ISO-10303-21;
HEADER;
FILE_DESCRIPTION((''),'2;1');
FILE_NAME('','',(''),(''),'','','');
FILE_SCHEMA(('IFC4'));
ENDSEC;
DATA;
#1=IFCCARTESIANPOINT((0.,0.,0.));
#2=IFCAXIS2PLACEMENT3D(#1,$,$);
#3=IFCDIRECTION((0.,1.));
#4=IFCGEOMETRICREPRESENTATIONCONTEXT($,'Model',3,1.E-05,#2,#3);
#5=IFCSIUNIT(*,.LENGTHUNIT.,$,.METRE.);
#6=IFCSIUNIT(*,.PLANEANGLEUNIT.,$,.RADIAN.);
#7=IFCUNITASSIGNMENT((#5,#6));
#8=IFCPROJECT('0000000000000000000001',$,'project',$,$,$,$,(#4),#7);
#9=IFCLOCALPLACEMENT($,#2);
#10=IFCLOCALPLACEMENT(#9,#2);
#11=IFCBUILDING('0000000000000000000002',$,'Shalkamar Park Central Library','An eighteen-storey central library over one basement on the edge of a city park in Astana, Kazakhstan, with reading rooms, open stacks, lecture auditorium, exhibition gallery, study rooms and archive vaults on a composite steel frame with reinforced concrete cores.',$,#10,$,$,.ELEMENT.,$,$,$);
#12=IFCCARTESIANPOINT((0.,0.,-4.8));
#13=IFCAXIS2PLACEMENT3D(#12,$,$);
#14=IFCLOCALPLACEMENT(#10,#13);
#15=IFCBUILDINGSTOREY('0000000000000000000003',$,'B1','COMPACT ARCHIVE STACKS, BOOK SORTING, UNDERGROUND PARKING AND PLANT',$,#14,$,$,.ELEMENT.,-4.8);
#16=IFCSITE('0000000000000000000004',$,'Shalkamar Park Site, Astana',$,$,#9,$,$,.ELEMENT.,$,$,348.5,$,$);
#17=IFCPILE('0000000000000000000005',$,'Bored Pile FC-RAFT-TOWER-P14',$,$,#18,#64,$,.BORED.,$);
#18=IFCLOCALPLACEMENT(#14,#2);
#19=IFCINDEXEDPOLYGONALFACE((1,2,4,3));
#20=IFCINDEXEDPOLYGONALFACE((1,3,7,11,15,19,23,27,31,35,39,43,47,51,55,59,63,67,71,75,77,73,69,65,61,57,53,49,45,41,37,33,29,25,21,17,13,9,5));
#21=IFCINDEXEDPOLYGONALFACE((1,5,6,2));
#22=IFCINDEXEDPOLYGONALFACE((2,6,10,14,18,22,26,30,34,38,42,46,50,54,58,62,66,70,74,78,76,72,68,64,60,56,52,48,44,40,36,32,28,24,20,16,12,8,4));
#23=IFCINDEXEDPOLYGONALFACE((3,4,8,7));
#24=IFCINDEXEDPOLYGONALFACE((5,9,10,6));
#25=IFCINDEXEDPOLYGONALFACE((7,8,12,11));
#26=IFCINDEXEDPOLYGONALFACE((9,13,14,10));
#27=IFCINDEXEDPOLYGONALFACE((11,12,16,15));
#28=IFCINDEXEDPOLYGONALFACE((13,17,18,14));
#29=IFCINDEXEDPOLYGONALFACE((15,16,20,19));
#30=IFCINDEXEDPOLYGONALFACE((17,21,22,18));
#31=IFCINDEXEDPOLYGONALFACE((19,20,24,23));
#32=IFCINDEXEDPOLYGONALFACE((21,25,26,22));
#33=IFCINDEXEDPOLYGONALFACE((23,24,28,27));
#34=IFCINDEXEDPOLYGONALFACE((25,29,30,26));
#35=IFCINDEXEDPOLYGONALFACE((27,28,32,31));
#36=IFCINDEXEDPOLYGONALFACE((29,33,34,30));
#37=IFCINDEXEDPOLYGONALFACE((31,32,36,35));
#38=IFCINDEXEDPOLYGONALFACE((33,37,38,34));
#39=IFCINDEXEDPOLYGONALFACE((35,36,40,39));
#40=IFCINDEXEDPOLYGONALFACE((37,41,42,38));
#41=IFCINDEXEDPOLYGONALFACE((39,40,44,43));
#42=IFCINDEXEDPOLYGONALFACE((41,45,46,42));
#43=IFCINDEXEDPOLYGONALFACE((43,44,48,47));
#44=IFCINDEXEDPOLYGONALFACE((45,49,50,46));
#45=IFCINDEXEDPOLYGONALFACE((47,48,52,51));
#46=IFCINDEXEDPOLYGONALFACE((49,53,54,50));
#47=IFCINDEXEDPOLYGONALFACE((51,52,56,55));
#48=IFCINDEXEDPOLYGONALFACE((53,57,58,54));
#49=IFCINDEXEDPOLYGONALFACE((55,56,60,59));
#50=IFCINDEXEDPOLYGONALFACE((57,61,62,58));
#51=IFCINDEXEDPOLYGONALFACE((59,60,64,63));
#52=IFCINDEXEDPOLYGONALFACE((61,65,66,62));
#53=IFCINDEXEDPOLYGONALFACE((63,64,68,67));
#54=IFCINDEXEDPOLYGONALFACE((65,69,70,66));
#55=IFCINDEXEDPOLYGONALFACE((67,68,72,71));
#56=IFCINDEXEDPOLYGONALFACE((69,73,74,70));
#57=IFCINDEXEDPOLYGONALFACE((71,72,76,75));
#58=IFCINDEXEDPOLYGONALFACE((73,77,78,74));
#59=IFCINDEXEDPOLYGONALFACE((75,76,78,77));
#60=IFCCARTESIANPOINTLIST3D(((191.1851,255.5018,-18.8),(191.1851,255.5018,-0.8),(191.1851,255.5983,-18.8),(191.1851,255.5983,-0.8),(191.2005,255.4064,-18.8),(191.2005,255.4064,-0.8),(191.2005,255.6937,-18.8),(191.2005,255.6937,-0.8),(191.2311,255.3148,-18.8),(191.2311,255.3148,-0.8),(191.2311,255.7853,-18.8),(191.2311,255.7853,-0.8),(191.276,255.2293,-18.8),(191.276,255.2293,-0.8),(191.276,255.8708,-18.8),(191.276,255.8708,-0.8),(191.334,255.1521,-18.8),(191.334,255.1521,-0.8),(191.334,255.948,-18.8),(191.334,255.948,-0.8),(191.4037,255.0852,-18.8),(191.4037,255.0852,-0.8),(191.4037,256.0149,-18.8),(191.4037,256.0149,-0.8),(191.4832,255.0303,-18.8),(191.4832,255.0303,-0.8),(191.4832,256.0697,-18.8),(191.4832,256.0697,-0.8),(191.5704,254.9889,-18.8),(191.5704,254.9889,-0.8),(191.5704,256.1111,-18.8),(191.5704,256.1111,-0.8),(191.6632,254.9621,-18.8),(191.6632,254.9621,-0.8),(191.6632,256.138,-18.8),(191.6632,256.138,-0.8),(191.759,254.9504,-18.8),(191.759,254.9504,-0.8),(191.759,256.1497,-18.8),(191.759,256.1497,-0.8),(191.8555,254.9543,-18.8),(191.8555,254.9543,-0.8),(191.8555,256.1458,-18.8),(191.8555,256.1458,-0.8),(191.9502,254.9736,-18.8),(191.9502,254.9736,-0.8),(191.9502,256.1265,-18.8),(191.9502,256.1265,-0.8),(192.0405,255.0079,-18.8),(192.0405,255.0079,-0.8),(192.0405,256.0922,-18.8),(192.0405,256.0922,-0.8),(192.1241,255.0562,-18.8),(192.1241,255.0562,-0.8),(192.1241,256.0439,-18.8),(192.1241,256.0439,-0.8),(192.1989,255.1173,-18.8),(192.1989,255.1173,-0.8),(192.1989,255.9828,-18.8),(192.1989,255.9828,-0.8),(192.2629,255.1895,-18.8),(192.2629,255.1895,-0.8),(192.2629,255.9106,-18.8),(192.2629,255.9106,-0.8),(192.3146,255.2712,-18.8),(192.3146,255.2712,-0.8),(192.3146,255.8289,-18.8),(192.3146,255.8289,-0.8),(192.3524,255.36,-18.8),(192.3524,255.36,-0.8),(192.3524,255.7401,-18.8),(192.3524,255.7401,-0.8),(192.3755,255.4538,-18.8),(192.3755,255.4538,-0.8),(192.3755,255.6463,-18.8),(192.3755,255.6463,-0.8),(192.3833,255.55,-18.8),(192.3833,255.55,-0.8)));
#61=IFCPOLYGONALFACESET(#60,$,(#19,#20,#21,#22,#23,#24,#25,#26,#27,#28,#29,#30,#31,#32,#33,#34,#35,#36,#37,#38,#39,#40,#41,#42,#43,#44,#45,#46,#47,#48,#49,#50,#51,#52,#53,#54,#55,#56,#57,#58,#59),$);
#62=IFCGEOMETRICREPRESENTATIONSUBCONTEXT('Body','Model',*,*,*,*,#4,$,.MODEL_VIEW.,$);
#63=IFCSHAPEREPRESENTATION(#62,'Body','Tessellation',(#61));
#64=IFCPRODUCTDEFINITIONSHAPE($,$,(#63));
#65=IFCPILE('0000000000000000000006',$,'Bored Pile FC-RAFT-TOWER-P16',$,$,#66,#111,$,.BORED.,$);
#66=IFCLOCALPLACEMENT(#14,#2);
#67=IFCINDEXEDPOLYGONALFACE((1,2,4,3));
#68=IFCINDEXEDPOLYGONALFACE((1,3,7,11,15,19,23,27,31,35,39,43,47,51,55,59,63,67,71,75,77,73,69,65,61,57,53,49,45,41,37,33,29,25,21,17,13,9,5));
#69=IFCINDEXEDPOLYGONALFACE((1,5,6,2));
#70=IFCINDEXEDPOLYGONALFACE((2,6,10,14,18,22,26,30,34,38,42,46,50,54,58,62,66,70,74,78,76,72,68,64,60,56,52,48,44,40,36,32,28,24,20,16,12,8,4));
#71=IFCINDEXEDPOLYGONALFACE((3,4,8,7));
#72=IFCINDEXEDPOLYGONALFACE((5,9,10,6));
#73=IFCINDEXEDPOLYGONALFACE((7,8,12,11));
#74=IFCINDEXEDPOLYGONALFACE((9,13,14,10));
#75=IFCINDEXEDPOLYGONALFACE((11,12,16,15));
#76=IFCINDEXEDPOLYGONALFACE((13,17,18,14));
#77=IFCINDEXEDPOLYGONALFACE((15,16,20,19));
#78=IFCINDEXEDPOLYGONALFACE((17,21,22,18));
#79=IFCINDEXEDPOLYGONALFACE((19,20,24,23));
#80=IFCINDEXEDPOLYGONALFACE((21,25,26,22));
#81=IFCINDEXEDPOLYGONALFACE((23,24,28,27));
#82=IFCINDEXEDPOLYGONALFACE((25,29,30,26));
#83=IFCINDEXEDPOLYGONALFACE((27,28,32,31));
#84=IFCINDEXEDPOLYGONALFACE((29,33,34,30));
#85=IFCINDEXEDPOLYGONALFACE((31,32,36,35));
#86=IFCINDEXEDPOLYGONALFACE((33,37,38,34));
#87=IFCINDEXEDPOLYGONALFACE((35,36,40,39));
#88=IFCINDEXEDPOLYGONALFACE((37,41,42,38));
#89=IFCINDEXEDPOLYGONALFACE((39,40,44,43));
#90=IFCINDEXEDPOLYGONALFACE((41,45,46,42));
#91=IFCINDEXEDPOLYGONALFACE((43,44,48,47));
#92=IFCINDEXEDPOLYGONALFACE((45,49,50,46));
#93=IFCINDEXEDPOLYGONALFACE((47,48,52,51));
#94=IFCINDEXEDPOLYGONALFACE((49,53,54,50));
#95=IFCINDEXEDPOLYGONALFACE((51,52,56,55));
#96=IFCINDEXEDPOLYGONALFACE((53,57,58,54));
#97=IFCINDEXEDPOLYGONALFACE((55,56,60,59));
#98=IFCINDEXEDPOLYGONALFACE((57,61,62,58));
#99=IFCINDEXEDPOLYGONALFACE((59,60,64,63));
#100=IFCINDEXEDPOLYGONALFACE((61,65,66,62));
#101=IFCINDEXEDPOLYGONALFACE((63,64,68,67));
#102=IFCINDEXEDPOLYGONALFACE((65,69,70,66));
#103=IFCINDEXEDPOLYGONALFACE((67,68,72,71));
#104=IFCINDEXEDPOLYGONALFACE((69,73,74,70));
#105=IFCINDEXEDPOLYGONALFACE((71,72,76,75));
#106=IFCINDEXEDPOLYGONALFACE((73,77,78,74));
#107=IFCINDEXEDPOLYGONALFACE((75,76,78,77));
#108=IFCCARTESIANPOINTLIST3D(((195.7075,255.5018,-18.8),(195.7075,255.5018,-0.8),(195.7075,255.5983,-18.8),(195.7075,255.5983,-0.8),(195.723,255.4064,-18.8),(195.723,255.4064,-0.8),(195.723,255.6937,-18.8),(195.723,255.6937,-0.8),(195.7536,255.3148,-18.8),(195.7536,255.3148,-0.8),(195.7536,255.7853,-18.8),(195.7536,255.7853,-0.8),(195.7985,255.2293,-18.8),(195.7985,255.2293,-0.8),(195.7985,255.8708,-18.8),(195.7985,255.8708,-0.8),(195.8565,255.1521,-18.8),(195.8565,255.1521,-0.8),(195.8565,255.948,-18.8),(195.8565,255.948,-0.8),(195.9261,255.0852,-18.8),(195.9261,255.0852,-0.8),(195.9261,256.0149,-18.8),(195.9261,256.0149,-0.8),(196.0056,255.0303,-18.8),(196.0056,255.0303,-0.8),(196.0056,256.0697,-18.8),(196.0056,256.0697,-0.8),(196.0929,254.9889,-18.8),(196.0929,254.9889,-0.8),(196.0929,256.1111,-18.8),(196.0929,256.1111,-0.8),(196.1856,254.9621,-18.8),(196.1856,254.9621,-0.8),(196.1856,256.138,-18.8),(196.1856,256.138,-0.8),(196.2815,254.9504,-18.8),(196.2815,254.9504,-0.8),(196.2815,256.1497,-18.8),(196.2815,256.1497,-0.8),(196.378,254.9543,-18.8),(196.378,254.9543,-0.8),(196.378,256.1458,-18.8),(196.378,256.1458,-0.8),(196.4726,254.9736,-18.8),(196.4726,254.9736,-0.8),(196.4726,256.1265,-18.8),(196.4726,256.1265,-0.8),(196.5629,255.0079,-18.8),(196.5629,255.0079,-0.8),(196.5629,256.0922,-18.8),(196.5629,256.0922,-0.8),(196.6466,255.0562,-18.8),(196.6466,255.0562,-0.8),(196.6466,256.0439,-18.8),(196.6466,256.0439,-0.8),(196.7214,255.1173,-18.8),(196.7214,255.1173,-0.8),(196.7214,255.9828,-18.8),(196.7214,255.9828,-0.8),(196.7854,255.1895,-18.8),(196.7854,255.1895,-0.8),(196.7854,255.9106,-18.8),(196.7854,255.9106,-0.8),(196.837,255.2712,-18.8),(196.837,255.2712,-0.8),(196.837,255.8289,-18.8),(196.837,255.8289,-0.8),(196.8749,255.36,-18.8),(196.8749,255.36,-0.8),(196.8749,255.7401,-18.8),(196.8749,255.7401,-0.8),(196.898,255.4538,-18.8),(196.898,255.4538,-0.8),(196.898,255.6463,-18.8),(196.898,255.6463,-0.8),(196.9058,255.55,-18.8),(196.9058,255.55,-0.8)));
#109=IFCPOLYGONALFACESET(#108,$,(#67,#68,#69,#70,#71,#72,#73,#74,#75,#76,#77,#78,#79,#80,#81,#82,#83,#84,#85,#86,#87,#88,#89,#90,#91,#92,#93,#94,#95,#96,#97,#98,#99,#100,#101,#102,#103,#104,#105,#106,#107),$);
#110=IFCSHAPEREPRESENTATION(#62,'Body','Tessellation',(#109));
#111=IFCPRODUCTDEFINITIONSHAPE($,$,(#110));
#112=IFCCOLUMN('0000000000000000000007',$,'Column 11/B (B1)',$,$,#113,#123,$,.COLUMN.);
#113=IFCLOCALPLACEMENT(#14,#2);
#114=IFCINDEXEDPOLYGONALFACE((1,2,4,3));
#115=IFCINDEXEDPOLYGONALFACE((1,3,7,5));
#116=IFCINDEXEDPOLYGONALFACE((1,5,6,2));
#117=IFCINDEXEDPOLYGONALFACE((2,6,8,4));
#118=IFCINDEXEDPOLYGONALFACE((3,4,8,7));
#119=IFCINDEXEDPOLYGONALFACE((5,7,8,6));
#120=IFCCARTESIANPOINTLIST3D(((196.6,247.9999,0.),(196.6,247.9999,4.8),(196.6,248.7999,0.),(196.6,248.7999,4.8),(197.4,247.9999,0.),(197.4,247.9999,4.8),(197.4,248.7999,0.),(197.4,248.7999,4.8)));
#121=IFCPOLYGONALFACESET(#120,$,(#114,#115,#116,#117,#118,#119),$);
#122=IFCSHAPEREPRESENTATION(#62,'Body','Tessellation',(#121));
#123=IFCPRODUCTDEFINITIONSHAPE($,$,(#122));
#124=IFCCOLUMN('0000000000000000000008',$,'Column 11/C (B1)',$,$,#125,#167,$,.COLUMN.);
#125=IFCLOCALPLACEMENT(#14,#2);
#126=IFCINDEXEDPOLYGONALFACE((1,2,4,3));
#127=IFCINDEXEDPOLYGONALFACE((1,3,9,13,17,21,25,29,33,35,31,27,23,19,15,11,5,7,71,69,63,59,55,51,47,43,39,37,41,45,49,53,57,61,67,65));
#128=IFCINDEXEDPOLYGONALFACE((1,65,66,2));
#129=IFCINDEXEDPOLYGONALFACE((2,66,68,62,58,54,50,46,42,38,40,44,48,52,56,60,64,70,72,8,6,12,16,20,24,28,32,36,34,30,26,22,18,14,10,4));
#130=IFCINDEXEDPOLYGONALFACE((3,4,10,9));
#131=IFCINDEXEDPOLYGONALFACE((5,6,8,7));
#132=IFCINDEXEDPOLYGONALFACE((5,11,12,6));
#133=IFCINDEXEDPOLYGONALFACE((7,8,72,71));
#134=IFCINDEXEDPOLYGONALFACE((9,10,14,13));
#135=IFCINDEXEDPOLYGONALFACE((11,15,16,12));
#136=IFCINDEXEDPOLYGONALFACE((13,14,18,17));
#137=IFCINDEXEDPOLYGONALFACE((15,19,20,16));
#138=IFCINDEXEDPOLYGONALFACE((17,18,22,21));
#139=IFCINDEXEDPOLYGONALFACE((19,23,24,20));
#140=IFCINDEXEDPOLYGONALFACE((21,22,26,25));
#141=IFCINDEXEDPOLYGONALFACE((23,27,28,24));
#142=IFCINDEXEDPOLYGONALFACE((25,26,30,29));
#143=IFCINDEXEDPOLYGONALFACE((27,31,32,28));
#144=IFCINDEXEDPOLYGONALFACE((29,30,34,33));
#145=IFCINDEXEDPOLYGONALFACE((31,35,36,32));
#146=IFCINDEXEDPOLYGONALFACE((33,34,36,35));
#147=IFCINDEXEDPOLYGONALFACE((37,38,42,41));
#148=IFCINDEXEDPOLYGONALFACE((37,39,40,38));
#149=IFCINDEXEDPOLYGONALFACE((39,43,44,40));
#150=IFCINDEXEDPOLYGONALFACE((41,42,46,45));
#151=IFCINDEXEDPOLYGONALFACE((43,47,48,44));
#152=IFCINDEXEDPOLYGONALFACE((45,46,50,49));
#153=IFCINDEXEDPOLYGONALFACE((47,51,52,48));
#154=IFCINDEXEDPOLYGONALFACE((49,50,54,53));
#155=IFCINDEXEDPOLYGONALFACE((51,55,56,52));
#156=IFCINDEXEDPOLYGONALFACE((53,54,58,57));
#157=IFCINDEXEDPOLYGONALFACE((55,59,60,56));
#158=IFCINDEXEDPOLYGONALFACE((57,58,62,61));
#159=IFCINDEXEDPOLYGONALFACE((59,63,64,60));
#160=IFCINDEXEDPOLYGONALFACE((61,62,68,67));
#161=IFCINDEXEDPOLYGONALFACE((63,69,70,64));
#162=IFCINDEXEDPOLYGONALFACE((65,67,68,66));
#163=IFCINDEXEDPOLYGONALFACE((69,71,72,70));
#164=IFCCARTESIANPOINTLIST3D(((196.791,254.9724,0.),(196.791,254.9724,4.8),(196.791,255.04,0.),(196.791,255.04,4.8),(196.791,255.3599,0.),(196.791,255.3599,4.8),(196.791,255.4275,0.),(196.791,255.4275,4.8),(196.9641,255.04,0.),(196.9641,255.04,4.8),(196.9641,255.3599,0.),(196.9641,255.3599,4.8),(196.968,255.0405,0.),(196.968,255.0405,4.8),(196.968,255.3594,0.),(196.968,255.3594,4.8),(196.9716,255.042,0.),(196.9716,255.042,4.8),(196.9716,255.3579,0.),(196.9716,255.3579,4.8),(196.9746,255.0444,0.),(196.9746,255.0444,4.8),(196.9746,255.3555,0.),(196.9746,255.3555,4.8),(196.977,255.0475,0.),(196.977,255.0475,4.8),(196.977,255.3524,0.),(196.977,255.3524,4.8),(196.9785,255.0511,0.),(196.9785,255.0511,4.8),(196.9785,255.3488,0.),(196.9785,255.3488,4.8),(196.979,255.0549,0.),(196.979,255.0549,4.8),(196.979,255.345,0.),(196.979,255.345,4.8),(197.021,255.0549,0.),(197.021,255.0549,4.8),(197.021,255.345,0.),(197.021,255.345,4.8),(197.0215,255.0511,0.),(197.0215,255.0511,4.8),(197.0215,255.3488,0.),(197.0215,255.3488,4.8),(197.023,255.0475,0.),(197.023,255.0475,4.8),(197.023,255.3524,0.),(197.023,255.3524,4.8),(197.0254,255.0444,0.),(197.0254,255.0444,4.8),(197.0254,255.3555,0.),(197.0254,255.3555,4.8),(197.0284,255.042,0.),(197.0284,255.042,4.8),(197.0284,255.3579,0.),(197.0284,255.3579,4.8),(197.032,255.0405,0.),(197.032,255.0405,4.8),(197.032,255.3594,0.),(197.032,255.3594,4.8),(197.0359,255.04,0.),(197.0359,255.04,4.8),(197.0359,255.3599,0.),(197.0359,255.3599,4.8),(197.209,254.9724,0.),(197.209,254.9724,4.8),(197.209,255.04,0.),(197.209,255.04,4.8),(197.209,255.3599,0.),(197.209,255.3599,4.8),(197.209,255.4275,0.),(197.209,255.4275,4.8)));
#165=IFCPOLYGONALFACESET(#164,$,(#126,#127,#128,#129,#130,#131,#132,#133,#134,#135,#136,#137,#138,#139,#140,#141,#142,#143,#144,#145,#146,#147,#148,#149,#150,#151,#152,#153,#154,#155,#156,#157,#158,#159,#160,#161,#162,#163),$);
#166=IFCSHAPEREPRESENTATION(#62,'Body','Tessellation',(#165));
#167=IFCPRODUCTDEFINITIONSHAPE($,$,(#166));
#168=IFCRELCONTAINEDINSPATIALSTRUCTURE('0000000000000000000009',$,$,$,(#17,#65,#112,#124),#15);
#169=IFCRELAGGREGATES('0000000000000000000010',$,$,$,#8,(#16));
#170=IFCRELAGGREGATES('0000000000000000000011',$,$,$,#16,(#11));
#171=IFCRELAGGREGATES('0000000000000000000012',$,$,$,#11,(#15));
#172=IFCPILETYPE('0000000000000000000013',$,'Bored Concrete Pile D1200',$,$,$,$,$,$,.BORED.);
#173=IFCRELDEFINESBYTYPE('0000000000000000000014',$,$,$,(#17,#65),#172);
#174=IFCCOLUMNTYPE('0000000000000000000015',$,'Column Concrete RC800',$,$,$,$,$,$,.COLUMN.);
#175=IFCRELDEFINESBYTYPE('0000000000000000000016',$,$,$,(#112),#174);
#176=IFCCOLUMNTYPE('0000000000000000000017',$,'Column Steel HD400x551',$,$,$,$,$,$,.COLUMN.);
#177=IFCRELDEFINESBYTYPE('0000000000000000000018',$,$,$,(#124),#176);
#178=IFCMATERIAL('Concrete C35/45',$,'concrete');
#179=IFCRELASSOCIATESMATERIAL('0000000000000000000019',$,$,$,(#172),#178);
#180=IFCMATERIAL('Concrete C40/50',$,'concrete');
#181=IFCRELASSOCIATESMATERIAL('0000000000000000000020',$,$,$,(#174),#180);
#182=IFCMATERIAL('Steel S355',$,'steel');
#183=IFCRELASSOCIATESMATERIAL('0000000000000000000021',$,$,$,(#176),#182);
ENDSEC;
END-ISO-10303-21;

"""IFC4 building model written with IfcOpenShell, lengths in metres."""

from ifc_helpers import new_model, si_unit, direction, frame, origin, origin_2d, place, context, subcontext, project, spatial, rectangle, circle, i_section, extrude, material, material_profile, profile_set, type_object, element, save


model = new_model("IFC4")

# Units and contexts
model_context = context("Model", 3, precision=1e-05, world=origin(), true_north=direction((0.0, 1.0)))
body_context = subcontext(model_context, "Body", "Model", "MODEL_VIEW")
ifc_project = project(units=[si_unit("LENGTHUNIT", "METRE"), si_unit("PLANEANGLEUNIT", "RADIAN")], contexts=[model_context])

# Site, building, storey
site_placement = place(None, origin())
site = spatial("IfcSite", under=ifc_project, at=site_placement, Name="Shalkamar Park Site, Astana", CompositionType="ELEMENT", RefElevation=348.5)
building_placement = place(site_placement, origin())
building = spatial("IfcBuilding", under=site, at=building_placement, Name="Shalkamar Park Central Library", Description="An eighteen-storey central library over one basement on the edge of a city park in Astana, Kazakhstan, with reading rooms, open stacks, lecture auditorium, exhibition gallery, study rooms and archive vaults on a composite steel frame with reinforced concrete cores.", CompositionType="ELEMENT")
storey_placement = place(building_placement, frame((0.0, 0.0, -4.8)))
storey = spatial("IfcBuildingStorey", under=building, at=storey_placement, Name="B1", Description="COMPACT ARCHIVE STACKS, BOOK SORTING, UNDERGROUND PARKING AND PLANT", CompositionType="ELEMENT", Elevation=-4.8)

# Piles
ifc_material_1 = material(Name="Concrete C35/45", Category="concrete")
ifc_material_profile_1 = material_profile(ifc_material_1, circle(Radius=0.6001, at=origin_2d()), Name="PILE D1200")
ifc_profile_set_1 = profile_set([ifc_material_profile_1], Name="Concrete C35/45")
pile_type = type_object("IfcPileType", Name="Bored Concrete Pile D1200", PredefinedType="BORED", material=ifc_profile_set_1)
for number, where, z_axis, x_axis, name in (
    (1, (191.7832, 255.55, -0.8), (0.0, 0.0, -1.0), (1.0, 0.0, 0.0), "Bored Pile FC-RAFT-TOWER-P14"),
    (2, (196.3057, 255.55, -0.8), (0.0, 0.0, -1.0), (1.0, 0.0, 0.0), "Bored Pile FC-RAFT-TOWER-P16"),
):
    element("IfcPile", number, at=place(storey_placement, frame(where, z_axis=z_axis, x_axis=x_axis)), inside=storey, type_object=pile_type, Name=name, PredefinedType="BORED", context=body_context, shape_type="SweptSolid", body=[
        extrude(circle(Radius=0.6001, at=origin_2d()), origin(), (0.0, 0.0, 1.0), 18.0),
    ])

# Columns
ifc_material_2 = material(Name="Concrete C40/50", Category="concrete")
ifc_material_profile_2 = material_profile(ifc_material_2, rectangle(XDim=0.8, YDim=0.8, at=origin_2d()), Name="RC 800x800")
ifc_profile_set_2 = profile_set([ifc_material_profile_2], Name="Concrete C40/50")
column_type_1 = type_object("IfcColumnType", Name="Column Concrete RC800", PredefinedType="COLUMN", material=ifc_profile_set_2)
column_1_placement = place(storey_placement, frame((197.0, 248.3999, 0.0), z_axis=(0.0, 0.0, 1.0), x_axis=(1.0, 0.0, 0.0)))
element("IfcColumn", 3, at=column_1_placement, inside=storey, type_object=column_type_1, Name="Column 11/B (B1)", PredefinedType="COLUMN", context=body_context, shape_type="SweptSolid", body=[
    extrude(rectangle(XDim=0.8, YDim=0.8, at=origin_2d()), origin(), (0.0, 0.0, 1.0), 4.8),
])
ifc_material_3 = material(Name="Steel S355", Category="steel")
ifc_material_profile_3 = material_profile(ifc_material_3, i_section(OverallWidth=0.418, OverallDepth=0.4551, WebThickness=0.042, FlangeThickness=0.0676, FilletRadius=0.0149, at=origin_2d()), Name="HD 400x551")
ifc_profile_set_3 = profile_set([ifc_material_profile_3], Name="Steel S355")
column_type_2 = type_object("IfcColumnType", Name="Column Steel HD400x551", PredefinedType="COLUMN", material=ifc_profile_set_3)
column_2_placement = place(storey_placement, frame((197.0, 255.2, 0.0), z_axis=(0.0, 0.0, 1.0), x_axis=(1.0, 0.0, 0.0)))
element("IfcColumn", 4, at=column_2_placement, inside=storey, type_object=column_type_2, Name="Column 11/C (B1)", PredefinedType="COLUMN", context=body_context, shape_type="SweptSolid", body=[
    extrude(i_section(OverallWidth=0.418, OverallDepth=0.4551, WebThickness=0.042, FlangeThickness=0.0676, FilletRadius=0.0149, at=origin_2d()), origin(), (0.0, 0.0, 1.0), 4.8),
])

save(model, "model.ifc")
